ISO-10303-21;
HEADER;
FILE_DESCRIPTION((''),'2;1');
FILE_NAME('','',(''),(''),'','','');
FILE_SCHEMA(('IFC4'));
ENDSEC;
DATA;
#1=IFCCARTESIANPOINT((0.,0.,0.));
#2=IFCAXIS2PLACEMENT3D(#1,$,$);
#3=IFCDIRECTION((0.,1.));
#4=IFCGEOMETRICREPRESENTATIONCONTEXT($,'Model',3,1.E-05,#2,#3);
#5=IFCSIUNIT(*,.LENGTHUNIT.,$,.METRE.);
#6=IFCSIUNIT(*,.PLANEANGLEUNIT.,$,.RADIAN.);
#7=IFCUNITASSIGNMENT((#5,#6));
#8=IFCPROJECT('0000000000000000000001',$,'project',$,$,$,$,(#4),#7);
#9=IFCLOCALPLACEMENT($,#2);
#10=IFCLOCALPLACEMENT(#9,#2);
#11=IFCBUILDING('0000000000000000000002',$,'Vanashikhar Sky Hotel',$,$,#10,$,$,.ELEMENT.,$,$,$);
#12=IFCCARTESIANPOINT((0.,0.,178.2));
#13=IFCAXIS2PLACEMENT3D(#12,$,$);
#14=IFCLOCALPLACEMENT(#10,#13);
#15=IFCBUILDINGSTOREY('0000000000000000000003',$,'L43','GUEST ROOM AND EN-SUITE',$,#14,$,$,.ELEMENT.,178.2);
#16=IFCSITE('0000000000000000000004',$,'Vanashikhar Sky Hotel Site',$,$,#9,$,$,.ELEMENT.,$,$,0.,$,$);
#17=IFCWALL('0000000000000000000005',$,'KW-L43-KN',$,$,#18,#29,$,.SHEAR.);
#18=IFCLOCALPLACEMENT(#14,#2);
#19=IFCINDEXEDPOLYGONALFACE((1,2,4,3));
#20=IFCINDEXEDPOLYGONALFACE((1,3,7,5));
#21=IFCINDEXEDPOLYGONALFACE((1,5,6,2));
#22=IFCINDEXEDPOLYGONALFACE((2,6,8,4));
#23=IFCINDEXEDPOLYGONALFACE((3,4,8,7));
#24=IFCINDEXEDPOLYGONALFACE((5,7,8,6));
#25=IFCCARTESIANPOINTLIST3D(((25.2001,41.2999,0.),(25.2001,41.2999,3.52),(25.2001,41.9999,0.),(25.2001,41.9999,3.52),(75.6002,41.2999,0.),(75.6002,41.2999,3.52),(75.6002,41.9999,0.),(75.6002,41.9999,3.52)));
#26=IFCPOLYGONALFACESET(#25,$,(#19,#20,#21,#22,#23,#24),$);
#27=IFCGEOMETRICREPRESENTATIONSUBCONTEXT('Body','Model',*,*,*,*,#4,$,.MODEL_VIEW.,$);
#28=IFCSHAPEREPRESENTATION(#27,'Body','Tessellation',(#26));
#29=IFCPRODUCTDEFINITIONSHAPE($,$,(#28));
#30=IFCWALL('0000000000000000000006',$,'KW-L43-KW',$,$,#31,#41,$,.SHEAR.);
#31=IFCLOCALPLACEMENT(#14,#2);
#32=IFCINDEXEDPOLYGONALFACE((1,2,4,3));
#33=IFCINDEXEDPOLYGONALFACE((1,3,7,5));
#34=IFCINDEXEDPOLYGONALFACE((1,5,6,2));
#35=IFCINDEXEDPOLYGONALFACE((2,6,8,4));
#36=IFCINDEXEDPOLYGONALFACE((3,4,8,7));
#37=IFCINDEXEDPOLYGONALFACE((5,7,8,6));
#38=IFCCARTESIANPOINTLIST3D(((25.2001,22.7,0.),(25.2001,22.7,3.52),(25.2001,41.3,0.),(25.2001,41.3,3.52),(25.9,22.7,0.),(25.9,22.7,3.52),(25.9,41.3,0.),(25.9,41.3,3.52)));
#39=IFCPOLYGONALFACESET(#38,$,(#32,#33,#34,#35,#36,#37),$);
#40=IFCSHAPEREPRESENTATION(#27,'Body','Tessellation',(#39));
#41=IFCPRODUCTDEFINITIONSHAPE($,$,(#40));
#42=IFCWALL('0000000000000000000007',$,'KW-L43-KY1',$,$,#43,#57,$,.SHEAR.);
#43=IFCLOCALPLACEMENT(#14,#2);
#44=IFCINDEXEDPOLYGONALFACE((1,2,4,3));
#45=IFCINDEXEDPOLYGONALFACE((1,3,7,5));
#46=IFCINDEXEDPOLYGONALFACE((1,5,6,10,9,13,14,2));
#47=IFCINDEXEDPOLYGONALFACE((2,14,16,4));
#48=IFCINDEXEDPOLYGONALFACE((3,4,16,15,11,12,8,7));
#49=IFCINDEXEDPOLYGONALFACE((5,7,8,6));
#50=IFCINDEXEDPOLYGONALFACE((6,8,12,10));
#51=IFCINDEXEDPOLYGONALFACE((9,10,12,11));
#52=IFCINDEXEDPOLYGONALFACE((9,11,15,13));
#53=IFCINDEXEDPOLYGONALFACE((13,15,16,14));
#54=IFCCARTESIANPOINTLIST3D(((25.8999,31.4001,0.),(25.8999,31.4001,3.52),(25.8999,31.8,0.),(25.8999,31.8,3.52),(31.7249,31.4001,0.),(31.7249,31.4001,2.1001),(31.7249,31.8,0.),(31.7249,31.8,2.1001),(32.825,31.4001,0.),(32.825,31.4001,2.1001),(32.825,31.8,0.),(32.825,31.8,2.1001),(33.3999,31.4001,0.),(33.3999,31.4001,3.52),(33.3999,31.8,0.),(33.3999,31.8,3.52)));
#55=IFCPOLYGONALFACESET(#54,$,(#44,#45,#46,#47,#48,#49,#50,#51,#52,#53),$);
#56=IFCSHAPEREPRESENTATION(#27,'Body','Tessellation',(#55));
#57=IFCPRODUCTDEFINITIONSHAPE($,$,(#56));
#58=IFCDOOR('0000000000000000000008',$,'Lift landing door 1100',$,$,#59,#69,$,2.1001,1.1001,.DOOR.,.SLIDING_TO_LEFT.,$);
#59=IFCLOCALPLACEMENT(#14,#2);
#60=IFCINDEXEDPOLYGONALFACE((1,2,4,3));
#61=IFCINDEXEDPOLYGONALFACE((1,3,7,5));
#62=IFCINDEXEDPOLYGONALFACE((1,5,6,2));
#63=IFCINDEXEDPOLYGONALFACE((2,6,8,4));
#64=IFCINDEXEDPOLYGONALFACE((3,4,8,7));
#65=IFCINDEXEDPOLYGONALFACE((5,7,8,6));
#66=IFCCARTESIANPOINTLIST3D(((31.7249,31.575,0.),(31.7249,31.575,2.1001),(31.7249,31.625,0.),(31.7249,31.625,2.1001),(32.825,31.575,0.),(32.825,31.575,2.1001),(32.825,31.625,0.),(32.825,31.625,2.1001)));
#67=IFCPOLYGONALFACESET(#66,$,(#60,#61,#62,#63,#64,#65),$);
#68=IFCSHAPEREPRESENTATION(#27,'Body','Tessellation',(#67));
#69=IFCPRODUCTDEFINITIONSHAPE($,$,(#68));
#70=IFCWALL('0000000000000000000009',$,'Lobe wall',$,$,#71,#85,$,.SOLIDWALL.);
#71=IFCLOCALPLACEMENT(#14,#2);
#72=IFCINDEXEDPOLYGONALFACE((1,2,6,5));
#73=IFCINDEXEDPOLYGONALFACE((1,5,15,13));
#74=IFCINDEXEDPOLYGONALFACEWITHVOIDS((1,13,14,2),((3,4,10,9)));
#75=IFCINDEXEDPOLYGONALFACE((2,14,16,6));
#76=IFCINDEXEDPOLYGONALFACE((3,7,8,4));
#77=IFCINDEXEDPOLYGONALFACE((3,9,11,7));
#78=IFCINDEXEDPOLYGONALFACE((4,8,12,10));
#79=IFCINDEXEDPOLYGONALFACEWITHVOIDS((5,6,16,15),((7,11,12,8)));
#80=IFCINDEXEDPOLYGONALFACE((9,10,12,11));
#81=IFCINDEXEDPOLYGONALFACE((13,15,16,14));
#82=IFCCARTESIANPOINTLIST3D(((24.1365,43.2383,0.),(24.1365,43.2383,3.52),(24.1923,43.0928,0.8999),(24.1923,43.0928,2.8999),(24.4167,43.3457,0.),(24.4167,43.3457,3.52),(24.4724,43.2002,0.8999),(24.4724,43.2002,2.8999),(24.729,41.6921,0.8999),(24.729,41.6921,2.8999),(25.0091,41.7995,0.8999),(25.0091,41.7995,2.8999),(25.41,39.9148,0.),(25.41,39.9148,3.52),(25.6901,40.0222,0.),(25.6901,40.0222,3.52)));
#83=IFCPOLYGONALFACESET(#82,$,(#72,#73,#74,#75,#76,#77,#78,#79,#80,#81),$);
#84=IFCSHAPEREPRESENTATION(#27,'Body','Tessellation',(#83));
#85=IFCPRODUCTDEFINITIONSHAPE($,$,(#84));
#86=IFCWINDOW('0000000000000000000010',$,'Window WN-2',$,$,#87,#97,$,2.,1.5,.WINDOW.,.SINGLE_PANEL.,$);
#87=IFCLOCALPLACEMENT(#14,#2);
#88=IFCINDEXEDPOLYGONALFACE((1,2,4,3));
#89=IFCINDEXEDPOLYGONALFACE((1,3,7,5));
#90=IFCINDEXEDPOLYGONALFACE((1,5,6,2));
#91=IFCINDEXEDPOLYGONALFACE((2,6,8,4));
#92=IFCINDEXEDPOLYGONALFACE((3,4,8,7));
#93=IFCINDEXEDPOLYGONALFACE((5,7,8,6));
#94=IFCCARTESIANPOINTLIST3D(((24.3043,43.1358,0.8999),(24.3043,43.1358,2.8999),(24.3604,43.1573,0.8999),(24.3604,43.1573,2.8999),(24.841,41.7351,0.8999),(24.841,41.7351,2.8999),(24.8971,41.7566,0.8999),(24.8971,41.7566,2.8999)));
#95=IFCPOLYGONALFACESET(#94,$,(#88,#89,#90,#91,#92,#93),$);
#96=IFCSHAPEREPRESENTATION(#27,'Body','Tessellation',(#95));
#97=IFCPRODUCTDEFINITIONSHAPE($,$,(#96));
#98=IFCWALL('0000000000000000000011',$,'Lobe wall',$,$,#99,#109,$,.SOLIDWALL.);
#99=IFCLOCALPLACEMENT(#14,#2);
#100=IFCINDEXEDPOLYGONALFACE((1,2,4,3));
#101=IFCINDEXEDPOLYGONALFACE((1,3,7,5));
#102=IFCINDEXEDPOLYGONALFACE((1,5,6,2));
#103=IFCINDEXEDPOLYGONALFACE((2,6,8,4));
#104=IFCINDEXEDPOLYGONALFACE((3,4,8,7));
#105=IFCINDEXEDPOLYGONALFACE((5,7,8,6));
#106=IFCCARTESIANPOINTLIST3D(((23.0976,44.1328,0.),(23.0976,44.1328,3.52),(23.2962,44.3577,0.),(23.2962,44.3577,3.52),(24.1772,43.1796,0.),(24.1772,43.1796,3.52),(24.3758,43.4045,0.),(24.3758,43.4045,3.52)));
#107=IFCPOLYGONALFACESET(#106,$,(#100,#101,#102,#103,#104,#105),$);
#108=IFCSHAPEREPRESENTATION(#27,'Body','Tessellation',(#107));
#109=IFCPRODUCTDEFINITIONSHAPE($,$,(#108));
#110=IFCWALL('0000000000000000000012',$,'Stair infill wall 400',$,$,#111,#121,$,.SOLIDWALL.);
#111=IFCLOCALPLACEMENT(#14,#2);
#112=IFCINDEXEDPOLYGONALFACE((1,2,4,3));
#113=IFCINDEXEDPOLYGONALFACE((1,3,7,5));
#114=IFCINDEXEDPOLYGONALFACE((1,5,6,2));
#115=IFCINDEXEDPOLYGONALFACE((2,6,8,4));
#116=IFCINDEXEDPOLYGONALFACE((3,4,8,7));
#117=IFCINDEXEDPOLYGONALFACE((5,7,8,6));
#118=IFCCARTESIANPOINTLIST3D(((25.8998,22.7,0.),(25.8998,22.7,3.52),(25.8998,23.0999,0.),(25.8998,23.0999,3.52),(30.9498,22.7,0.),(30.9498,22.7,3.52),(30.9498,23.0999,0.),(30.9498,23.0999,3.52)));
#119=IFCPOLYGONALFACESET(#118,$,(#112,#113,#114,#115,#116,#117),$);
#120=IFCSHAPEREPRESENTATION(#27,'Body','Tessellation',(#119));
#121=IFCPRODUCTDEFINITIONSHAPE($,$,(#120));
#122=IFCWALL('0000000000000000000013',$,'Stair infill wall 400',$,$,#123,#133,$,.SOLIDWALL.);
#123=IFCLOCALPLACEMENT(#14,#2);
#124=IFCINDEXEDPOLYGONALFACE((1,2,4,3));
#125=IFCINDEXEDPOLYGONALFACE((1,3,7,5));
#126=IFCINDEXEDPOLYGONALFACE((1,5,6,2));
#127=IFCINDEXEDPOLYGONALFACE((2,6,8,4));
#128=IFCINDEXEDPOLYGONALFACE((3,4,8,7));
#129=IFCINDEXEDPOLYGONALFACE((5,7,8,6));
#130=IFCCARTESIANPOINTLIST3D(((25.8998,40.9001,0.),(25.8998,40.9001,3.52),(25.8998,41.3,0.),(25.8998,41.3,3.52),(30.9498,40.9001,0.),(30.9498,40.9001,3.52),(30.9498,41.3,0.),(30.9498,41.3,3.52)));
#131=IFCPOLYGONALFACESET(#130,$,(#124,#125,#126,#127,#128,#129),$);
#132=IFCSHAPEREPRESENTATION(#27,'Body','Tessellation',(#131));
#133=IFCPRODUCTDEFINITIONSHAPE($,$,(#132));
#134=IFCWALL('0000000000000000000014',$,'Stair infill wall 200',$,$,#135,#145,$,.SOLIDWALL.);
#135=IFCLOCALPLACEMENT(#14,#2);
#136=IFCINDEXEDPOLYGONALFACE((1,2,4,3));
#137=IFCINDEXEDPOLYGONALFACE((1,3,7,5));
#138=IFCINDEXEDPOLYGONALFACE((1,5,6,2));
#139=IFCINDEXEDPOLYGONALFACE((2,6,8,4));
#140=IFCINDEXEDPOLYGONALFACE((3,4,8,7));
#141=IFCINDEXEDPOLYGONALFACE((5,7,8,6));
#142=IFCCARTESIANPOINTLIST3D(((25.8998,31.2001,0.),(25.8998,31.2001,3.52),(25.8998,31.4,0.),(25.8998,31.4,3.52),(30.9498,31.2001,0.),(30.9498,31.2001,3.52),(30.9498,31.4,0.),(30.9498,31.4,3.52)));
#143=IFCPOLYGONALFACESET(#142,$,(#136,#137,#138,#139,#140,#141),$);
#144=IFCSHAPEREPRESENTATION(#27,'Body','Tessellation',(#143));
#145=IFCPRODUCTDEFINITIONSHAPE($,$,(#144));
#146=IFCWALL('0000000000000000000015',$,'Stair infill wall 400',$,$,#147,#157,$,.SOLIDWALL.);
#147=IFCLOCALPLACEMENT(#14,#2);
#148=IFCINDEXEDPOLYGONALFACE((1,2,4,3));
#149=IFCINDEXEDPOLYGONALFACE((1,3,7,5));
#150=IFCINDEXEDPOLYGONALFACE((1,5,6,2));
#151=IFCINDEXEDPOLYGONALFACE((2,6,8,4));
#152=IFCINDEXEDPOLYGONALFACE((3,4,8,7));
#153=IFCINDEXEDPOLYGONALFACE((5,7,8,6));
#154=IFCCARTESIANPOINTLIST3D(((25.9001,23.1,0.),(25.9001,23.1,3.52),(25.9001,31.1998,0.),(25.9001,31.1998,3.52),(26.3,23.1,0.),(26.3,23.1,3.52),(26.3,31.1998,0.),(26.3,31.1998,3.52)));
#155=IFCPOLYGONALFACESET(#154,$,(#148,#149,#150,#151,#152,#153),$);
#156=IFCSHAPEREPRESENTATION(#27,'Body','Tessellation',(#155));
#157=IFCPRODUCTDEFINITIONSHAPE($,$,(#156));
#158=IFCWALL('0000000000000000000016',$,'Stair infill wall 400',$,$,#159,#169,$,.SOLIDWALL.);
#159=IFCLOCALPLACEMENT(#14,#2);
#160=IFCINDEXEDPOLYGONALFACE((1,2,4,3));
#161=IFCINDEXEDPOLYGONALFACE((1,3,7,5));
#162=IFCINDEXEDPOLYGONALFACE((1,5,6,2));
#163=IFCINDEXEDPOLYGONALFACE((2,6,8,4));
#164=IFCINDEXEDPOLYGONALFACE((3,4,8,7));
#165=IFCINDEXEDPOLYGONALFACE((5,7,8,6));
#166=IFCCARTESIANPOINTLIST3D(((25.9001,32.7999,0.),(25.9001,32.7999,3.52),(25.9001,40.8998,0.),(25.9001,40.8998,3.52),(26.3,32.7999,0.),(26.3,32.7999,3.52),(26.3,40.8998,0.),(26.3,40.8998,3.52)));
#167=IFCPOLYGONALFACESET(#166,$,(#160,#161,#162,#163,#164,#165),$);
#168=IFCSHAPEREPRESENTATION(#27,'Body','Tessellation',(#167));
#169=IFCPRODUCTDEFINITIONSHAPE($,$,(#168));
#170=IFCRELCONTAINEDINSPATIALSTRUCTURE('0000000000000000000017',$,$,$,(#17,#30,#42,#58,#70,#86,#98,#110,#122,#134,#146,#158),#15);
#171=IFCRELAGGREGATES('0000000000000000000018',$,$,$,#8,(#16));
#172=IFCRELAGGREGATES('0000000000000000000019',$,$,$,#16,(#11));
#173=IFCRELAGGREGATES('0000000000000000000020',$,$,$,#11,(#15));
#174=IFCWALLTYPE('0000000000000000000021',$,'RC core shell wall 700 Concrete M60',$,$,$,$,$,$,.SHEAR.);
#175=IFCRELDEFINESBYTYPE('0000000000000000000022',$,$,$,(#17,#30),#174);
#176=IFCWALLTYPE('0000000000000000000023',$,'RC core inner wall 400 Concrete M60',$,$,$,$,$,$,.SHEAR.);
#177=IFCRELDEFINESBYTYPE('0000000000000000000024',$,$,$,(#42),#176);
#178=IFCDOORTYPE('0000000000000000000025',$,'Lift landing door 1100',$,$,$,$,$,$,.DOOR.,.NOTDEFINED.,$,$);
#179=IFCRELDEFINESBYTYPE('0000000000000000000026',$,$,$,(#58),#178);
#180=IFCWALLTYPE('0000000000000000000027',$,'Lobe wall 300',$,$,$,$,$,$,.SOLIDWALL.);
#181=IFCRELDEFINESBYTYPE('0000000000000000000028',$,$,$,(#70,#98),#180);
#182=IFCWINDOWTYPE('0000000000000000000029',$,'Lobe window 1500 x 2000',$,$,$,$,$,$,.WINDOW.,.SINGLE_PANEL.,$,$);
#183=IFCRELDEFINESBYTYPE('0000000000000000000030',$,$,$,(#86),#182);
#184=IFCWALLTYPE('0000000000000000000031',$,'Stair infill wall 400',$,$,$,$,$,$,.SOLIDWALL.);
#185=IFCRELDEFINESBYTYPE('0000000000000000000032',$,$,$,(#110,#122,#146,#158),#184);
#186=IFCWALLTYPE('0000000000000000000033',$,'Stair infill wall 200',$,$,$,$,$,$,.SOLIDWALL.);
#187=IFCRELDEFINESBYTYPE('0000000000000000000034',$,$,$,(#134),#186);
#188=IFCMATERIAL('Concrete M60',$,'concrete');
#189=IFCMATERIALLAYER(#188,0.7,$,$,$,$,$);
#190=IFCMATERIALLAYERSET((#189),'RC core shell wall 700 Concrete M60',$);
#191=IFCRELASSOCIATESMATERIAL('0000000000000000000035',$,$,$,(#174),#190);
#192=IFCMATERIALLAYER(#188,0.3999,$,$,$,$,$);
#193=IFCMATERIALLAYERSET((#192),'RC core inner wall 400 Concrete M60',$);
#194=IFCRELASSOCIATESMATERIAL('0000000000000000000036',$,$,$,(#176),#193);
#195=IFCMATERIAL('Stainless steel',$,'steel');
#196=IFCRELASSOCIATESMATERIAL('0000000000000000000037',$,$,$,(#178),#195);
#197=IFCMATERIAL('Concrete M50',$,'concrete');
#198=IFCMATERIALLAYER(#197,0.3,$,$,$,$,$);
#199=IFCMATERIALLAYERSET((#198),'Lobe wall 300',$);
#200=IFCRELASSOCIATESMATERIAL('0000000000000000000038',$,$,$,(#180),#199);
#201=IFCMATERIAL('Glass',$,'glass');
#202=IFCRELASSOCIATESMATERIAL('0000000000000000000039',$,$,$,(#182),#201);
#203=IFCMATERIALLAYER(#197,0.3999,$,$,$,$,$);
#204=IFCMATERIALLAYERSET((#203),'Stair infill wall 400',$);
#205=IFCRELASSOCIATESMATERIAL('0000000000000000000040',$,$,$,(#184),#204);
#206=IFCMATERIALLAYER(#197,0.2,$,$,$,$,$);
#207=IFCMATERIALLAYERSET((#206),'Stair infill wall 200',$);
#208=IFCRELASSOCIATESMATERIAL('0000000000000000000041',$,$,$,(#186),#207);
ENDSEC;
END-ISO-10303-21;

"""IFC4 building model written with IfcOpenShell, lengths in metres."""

from ifc_helpers import new_model, si_unit, direction, frame, frame_2d, origin, place, context, subcontext, project, spatial, rectangle, extrude, source, transform, mapped, material, layer, layer_set, type_object, element, fill, save


model = new_model("IFC4")

# Units and contexts
model_context = context("Model", 3, precision=1e-05, world=origin(), true_north=direction((0.0, 1.0)))
body_context = subcontext(model_context, "Body", "Model", "MODEL_VIEW")
ifc_project = project(units=[si_unit("LENGTHUNIT", "METRE"), si_unit("PLANEANGLEUNIT", "RADIAN")], contexts=[model_context])

# Site, building, storey
site_placement = place(None, origin())
site = spatial("IfcSite", under=ifc_project, at=site_placement, Name="Vanashikhar Sky Hotel Site", CompositionType="ELEMENT", RefElevation=0.0)
building_placement = place(site_placement, origin())
building = spatial("IfcBuilding", under=site, at=building_placement, Name="Vanashikhar Sky Hotel", CompositionType="ELEMENT")
storey_placement = place(building_placement, frame((0.0, 0.0, 178.2)))
storey = spatial("IfcBuildingStorey", under=building, at=storey_placement, Name="L43", Description="GUEST ROOM AND EN-SUITE", CompositionType="ELEMENT", Elevation=178.2)

# Walls
ifc_material_1 = material(Name="Concrete M60", Category="concrete")
ifc_layer_1 = layer(ifc_material_1, 0.7)
ifc_layer_set_1 = layer_set([ifc_layer_1], Name="RC core shell wall 700 Concrete M60")
wall_type_1 = type_object("IfcWallType", Name="RC core shell wall 700 Concrete M60", PredefinedType="SHEAR", material=ifc_layer_set_1)
shared_shape_1 = source(origin(), body_context, "Body", "SweptSolid", [
    extrude(rectangle(XDim=50.4001, YDim=0.7, at=frame_2d((25.2002, 0.0))), origin(), (0.0, 0.0, 1.0), 3.52),
])
wall_1_placement = place(storey_placement, frame((25.2, 41.6499, 0.0), z_axis=(0.0, 0.0, 1.0), x_axis=(1.0, 0.0, 0.0)))
element("IfcWall", 1, at=wall_1_placement, inside=storey, type_object=wall_type_1, Name="KW-L43-KN", PredefinedType="SHEAR", context=body_context, shape_type="MappedRepresentation", body=[
    mapped(shared_shape_1, transform((0.0, 0.0, 0.0), scale=1.0)),
])
shared_shape_2 = source(origin(), body_context, "Body", "SweptSolid", [
    extrude(rectangle(XDim=18.6001, YDim=0.7, at=frame_2d((9.3, 0.0))), origin(), (0.0, 0.0, 1.0), 3.52),
])
wall_2_placement = place(storey_placement, frame((25.55, 22.7, 0.0), z_axis=(0.0, 0.0, 1.0), x_axis=(0.0, 1.0, 0.0)))
element("IfcWall", 2, at=wall_2_placement, inside=storey, type_object=wall_type_1, Name="KW-L43-KW", PredefinedType="SHEAR", context=body_context, shape_type="MappedRepresentation", body=[
    mapped(shared_shape_2, transform((0.0, 0.0, 0.0), scale=1.0)),
])

# Wall, opening, door
ifc_layer_2 = layer(ifc_material_1, 0.3999)
ifc_layer_set_2 = layer_set([ifc_layer_2], Name="RC core inner wall 400 Concrete M60")
wall_type_2 = type_object("IfcWallType", Name="RC core inner wall 400 Concrete M60", PredefinedType="SHEAR", material=ifc_layer_set_2)
shared_shape_3 = source(origin(), body_context, "Body", "SweptSolid", [
    extrude(rectangle(XDim=7.5, YDim=0.3999, at=frame_2d((3.75, 0.0))), origin(), (0.0, 0.0, 1.0), 3.52),
])
wall_3_placement = place(storey_placement, frame((25.8999, 31.6001, 0.0), z_axis=(0.0, 0.0, 1.0), x_axis=(1.0, 0.0, 0.0)))
wall_3 = element("IfcWall", 3, at=wall_3_placement, inside=storey, type_object=wall_type_2, Name="KW-L43-KY1", PredefinedType="SHEAR", context=body_context, shape_type="MappedRepresentation", body=[
    mapped(shared_shape_3, transform((0.0, 0.0, 0.0), scale=1.0)),
])
shared_shape_4 = source(origin(), body_context, "Body", "SweptSolid", [
    extrude(rectangle(XDim=1.1001, YDim=2.1001, at=frame_2d((0.55, 1.05))), frame((0.0, 0.21, 0.0), z_axis=(0.0, -1.0, 0.0), x_axis=(1.0, 0.0, 0.0)), (0.0, 0.0, 1.0), 0.4199),
])
opening_1_placement = place(wall_3_placement, frame((5.825, 0.0, 0.0)))
opening_1 = element("IfcOpeningElement", 4, at=opening_1_placement, cuts=wall_3, PredefinedType="OPENING", context=body_context, shape_type="MappedRepresentation", body=[
    mapped(shared_shape_4, transform((0.0, 0.0, 0.0), scale=1.0)),
])
ifc_material_2 = material(Name="Stainless steel", Category="steel")
door_type = type_object("IfcDoorType", Name="Lift landing door 1100", OperationType="NOTDEFINED", PredefinedType="DOOR", material=ifc_material_2)
shared_shape_5 = source(origin(), body_context, "Body", "SweptSolid", [
    extrude(rectangle(XDim=1.1001, YDim=2.1001, at=frame_2d((0.55, 1.05))), frame((0.0, 0.0249, 0.0), z_axis=(0.0, -1.0, 0.0), x_axis=(1.0, 0.0, 0.0)), (0.0, 0.0, 1.0), 0.05),
])
door_placement = place(opening_1_placement, origin())
door = element("IfcDoor", 5, at=door_placement, inside=storey, type_object=door_type, Name="Lift landing door 1100", OperationType="SLIDING_TO_LEFT", OverallHeight=2.1001, OverallWidth=1.1001, PredefinedType="DOOR", context=body_context, shape_type="MappedRepresentation", body=[
    mapped(shared_shape_5, transform((0.0, 0.0, 0.0), scale=1.0)),
])
fill(opening_1, door)

# Wall, opening, window
ifc_material_3 = material(Name="Concrete M50", Category="concrete")
ifc_layer_3 = layer(ifc_material_3, 0.3)
ifc_layer_set_3 = layer_set([ifc_layer_3], Name="Lobe wall 300")
wall_type_3 = type_object("IfcWallType", Name="Lobe wall 300", PredefinedType="SOLIDWALL", material=ifc_layer_set_3)
shared_shape_6 = source(origin(), body_context, "Body", "SweptSolid", [
    extrude(rectangle(XDim=3.5591, YDim=0.3, at=frame_2d((1.7795, 0.0))), origin(), (0.0, 0.0, 1.0), 3.52),
])
wall_4_placement = place(storey_placement, frame((25.55, 39.9685, 0.0), z_axis=(0.0, 0.0, 1.0), x_axis=(-0.357797, 0.933799, 0.0)))
wall_4 = element("IfcWall", 6, at=wall_4_placement, inside=storey, type_object=wall_type_3, Name="Lobe wall", PredefinedType="SOLIDWALL", context=body_context, shape_type="MappedRepresentation", body=[
    mapped(shared_shape_6, transform((0.0, 0.0, 0.0), scale=1.0)),
])
shared_shape_7 = source(origin(), body_context, "Body", "SweptSolid", [
    extrude(rectangle(XDim=1.5, YDim=2.0, at=frame_2d((0.75, 1.0))), frame((0.0, 0.1602, 0.0), z_axis=(0.0, -1.0, 0.0), x_axis=(1.0, 0.0, 0.0)), (0.0, 0.0, 1.0), 0.3201),
])
opening_2_placement = place(wall_4_placement, frame((1.9033, 0.0, 0.8999)))
opening_2 = element("IfcOpeningElement", 7, at=opening_2_placement, cuts=wall_4, PredefinedType="OPENING", context=body_context, shape_type="MappedRepresentation", body=[
    mapped(shared_shape_7, transform((0.0, 0.0, 0.0), scale=1.0)),
])
ifc_material_4 = material(Name="Glass", Category="glass")
window_type = type_object("IfcWindowType", Name="Lobe window 1500 x 2000", PartitioningType="SINGLE_PANEL", PredefinedType="WINDOW", material=ifc_material_4)
shared_shape_8 = source(origin(), body_context, "Body", "SweptSolid", [
    extrude(rectangle(XDim=1.5, YDim=2.0, at=frame_2d((0.75, 1.0))), frame((0.0, 0.03, 0.0), z_axis=(0.0, -1.0, 0.0), x_axis=(1.0, 0.0, 0.0)), (0.0, 0.0, 1.0), 0.0601),
])
window_placement = place(opening_2_placement, origin())
window = element("IfcWindow", 8, at=window_placement, inside=storey, type_object=window_type, Name="Window WN-2", OverallHeight=2.0, OverallWidth=1.5, PartitioningType="SINGLE_PANEL", PredefinedType="WINDOW", context=body_context, shape_type="MappedRepresentation", body=[
    mapped(shared_shape_8, transform((0.0, 0.0, 0.0), scale=1.0)),
])
fill(opening_2, window)

# Walls
shared_shape_9 = source(origin(), body_context, "Body", "SweptSolid", [
    extrude(rectangle(XDim=1.4402, YDim=0.3, at=frame_2d((0.7202, 0.0))), origin(), (0.0, 0.0, 1.0), 3.52),
])
wall_5_placement = place(storey_placement, frame((24.2766, 43.292, 0.0), z_axis=(0.0, 0.0, 1.0), x_axis=(-0.74965, 0.661835, 0.0)))
element("IfcWall", 9, at=wall_5_placement, inside=storey, type_object=wall_type_3, Name="Lobe wall", PredefinedType="SOLIDWALL", context=body_context, shape_type="MappedRepresentation", body=[
    mapped(shared_shape_9, transform((0.0, 0.0, 0.0), scale=1.0)),
])
ifc_layer_4 = layer(ifc_material_3, 0.3999)
ifc_layer_set_4 = layer_set([ifc_layer_4], Name="Stair infill wall 400")
wall_type_4 = type_object("IfcWallType", Name="Stair infill wall 400", PredefinedType="SOLIDWALL", material=ifc_layer_set_4)
shared_shape_10 = source(origin(), body_context, "Body", "SweptSolid", [
    extrude(rectangle(XDim=5.05, YDim=0.3999, at=frame_2d((2.5249, 0.0))), origin(), (0.0, 0.0, 1.0), 3.52),
])
for number, where, z_axis, x_axis, name in (
    (10, (25.8999, 22.8999, 0.0), (0.0, 0.0, 1.0), (1.0, 0.0, 0.0), "Stair infill wall 400"),
    (11, (25.8999, 41.1001, 0.0), (0.0, 0.0, 1.0), (1.0, 0.0, 0.0), "Stair infill wall 400"),
):
    element("IfcWall", number, at=place(storey_placement, frame(where, z_axis=z_axis, x_axis=x_axis)), inside=storey, type_object=wall_type_4, Name=name, PredefinedType="SOLIDWALL", context=body_context, shape_type="MappedRepresentation", body=[
        mapped(shared_shape_10, transform((0.0, 0.0, 0.0), scale=1.0)),
    ])
ifc_layer_5 = layer(ifc_material_3, 0.2)
ifc_layer_set_5 = layer_set([ifc_layer_5], Name="Stair infill wall 200")
wall_type_5 = type_object("IfcWallType", Name="Stair infill wall 200", PredefinedType="SOLIDWALL", material=ifc_layer_set_5)
shared_shape_11 = source(origin(), body_context, "Body", "SweptSolid", [
    extrude(rectangle(XDim=5.05, YDim=0.2, at=frame_2d((2.5249, 0.0))), origin(), (0.0, 0.0, 1.0), 3.52),
])
wall_6_placement = place(storey_placement, frame((25.8999, 31.3, 0.0), z_axis=(0.0, 0.0, 1.0), x_axis=(1.0, 0.0, 0.0)))
element("IfcWall", 12, at=wall_6_placement, inside=storey, type_object=wall_type_5, Name="Stair infill wall 200", PredefinedType="SOLIDWALL", context=body_context, shape_type="MappedRepresentation", body=[
    mapped(shared_shape_11, transform((0.0, 0.0, 0.0), scale=1.0)),
])
shared_shape_12 = source(origin(), body_context, "Body", "SweptSolid", [
    extrude(rectangle(XDim=8.0999, YDim=0.3999, at=frame_2d((4.0498, 0.0))), origin(), (0.0, 0.0, 1.0), 3.52),
])
for number, where, z_axis, x_axis, name in (
    (13, (26.1001, 23.1001, 0.0), (0.0, 0.0, 1.0), (0.0, 1.0, 0.0), "Stair infill wall 400"),
    (14, (26.1001, 32.8, 0.0), (0.0, 0.0, 1.0), (0.0, 1.0, 0.0), "Stair infill wall 400"),
):
    element("IfcWall", number, at=place(storey_placement, frame(where, z_axis=z_axis, x_axis=x_axis)), inside=storey, type_object=wall_type_4, Name=name, PredefinedType="SOLIDWALL", context=body_context, shape_type="MappedRepresentation", body=[
        mapped(shared_shape_12, transform((0.0, 0.0, 0.0), scale=1.0)),
    ])

save(model, "model.ifc")
